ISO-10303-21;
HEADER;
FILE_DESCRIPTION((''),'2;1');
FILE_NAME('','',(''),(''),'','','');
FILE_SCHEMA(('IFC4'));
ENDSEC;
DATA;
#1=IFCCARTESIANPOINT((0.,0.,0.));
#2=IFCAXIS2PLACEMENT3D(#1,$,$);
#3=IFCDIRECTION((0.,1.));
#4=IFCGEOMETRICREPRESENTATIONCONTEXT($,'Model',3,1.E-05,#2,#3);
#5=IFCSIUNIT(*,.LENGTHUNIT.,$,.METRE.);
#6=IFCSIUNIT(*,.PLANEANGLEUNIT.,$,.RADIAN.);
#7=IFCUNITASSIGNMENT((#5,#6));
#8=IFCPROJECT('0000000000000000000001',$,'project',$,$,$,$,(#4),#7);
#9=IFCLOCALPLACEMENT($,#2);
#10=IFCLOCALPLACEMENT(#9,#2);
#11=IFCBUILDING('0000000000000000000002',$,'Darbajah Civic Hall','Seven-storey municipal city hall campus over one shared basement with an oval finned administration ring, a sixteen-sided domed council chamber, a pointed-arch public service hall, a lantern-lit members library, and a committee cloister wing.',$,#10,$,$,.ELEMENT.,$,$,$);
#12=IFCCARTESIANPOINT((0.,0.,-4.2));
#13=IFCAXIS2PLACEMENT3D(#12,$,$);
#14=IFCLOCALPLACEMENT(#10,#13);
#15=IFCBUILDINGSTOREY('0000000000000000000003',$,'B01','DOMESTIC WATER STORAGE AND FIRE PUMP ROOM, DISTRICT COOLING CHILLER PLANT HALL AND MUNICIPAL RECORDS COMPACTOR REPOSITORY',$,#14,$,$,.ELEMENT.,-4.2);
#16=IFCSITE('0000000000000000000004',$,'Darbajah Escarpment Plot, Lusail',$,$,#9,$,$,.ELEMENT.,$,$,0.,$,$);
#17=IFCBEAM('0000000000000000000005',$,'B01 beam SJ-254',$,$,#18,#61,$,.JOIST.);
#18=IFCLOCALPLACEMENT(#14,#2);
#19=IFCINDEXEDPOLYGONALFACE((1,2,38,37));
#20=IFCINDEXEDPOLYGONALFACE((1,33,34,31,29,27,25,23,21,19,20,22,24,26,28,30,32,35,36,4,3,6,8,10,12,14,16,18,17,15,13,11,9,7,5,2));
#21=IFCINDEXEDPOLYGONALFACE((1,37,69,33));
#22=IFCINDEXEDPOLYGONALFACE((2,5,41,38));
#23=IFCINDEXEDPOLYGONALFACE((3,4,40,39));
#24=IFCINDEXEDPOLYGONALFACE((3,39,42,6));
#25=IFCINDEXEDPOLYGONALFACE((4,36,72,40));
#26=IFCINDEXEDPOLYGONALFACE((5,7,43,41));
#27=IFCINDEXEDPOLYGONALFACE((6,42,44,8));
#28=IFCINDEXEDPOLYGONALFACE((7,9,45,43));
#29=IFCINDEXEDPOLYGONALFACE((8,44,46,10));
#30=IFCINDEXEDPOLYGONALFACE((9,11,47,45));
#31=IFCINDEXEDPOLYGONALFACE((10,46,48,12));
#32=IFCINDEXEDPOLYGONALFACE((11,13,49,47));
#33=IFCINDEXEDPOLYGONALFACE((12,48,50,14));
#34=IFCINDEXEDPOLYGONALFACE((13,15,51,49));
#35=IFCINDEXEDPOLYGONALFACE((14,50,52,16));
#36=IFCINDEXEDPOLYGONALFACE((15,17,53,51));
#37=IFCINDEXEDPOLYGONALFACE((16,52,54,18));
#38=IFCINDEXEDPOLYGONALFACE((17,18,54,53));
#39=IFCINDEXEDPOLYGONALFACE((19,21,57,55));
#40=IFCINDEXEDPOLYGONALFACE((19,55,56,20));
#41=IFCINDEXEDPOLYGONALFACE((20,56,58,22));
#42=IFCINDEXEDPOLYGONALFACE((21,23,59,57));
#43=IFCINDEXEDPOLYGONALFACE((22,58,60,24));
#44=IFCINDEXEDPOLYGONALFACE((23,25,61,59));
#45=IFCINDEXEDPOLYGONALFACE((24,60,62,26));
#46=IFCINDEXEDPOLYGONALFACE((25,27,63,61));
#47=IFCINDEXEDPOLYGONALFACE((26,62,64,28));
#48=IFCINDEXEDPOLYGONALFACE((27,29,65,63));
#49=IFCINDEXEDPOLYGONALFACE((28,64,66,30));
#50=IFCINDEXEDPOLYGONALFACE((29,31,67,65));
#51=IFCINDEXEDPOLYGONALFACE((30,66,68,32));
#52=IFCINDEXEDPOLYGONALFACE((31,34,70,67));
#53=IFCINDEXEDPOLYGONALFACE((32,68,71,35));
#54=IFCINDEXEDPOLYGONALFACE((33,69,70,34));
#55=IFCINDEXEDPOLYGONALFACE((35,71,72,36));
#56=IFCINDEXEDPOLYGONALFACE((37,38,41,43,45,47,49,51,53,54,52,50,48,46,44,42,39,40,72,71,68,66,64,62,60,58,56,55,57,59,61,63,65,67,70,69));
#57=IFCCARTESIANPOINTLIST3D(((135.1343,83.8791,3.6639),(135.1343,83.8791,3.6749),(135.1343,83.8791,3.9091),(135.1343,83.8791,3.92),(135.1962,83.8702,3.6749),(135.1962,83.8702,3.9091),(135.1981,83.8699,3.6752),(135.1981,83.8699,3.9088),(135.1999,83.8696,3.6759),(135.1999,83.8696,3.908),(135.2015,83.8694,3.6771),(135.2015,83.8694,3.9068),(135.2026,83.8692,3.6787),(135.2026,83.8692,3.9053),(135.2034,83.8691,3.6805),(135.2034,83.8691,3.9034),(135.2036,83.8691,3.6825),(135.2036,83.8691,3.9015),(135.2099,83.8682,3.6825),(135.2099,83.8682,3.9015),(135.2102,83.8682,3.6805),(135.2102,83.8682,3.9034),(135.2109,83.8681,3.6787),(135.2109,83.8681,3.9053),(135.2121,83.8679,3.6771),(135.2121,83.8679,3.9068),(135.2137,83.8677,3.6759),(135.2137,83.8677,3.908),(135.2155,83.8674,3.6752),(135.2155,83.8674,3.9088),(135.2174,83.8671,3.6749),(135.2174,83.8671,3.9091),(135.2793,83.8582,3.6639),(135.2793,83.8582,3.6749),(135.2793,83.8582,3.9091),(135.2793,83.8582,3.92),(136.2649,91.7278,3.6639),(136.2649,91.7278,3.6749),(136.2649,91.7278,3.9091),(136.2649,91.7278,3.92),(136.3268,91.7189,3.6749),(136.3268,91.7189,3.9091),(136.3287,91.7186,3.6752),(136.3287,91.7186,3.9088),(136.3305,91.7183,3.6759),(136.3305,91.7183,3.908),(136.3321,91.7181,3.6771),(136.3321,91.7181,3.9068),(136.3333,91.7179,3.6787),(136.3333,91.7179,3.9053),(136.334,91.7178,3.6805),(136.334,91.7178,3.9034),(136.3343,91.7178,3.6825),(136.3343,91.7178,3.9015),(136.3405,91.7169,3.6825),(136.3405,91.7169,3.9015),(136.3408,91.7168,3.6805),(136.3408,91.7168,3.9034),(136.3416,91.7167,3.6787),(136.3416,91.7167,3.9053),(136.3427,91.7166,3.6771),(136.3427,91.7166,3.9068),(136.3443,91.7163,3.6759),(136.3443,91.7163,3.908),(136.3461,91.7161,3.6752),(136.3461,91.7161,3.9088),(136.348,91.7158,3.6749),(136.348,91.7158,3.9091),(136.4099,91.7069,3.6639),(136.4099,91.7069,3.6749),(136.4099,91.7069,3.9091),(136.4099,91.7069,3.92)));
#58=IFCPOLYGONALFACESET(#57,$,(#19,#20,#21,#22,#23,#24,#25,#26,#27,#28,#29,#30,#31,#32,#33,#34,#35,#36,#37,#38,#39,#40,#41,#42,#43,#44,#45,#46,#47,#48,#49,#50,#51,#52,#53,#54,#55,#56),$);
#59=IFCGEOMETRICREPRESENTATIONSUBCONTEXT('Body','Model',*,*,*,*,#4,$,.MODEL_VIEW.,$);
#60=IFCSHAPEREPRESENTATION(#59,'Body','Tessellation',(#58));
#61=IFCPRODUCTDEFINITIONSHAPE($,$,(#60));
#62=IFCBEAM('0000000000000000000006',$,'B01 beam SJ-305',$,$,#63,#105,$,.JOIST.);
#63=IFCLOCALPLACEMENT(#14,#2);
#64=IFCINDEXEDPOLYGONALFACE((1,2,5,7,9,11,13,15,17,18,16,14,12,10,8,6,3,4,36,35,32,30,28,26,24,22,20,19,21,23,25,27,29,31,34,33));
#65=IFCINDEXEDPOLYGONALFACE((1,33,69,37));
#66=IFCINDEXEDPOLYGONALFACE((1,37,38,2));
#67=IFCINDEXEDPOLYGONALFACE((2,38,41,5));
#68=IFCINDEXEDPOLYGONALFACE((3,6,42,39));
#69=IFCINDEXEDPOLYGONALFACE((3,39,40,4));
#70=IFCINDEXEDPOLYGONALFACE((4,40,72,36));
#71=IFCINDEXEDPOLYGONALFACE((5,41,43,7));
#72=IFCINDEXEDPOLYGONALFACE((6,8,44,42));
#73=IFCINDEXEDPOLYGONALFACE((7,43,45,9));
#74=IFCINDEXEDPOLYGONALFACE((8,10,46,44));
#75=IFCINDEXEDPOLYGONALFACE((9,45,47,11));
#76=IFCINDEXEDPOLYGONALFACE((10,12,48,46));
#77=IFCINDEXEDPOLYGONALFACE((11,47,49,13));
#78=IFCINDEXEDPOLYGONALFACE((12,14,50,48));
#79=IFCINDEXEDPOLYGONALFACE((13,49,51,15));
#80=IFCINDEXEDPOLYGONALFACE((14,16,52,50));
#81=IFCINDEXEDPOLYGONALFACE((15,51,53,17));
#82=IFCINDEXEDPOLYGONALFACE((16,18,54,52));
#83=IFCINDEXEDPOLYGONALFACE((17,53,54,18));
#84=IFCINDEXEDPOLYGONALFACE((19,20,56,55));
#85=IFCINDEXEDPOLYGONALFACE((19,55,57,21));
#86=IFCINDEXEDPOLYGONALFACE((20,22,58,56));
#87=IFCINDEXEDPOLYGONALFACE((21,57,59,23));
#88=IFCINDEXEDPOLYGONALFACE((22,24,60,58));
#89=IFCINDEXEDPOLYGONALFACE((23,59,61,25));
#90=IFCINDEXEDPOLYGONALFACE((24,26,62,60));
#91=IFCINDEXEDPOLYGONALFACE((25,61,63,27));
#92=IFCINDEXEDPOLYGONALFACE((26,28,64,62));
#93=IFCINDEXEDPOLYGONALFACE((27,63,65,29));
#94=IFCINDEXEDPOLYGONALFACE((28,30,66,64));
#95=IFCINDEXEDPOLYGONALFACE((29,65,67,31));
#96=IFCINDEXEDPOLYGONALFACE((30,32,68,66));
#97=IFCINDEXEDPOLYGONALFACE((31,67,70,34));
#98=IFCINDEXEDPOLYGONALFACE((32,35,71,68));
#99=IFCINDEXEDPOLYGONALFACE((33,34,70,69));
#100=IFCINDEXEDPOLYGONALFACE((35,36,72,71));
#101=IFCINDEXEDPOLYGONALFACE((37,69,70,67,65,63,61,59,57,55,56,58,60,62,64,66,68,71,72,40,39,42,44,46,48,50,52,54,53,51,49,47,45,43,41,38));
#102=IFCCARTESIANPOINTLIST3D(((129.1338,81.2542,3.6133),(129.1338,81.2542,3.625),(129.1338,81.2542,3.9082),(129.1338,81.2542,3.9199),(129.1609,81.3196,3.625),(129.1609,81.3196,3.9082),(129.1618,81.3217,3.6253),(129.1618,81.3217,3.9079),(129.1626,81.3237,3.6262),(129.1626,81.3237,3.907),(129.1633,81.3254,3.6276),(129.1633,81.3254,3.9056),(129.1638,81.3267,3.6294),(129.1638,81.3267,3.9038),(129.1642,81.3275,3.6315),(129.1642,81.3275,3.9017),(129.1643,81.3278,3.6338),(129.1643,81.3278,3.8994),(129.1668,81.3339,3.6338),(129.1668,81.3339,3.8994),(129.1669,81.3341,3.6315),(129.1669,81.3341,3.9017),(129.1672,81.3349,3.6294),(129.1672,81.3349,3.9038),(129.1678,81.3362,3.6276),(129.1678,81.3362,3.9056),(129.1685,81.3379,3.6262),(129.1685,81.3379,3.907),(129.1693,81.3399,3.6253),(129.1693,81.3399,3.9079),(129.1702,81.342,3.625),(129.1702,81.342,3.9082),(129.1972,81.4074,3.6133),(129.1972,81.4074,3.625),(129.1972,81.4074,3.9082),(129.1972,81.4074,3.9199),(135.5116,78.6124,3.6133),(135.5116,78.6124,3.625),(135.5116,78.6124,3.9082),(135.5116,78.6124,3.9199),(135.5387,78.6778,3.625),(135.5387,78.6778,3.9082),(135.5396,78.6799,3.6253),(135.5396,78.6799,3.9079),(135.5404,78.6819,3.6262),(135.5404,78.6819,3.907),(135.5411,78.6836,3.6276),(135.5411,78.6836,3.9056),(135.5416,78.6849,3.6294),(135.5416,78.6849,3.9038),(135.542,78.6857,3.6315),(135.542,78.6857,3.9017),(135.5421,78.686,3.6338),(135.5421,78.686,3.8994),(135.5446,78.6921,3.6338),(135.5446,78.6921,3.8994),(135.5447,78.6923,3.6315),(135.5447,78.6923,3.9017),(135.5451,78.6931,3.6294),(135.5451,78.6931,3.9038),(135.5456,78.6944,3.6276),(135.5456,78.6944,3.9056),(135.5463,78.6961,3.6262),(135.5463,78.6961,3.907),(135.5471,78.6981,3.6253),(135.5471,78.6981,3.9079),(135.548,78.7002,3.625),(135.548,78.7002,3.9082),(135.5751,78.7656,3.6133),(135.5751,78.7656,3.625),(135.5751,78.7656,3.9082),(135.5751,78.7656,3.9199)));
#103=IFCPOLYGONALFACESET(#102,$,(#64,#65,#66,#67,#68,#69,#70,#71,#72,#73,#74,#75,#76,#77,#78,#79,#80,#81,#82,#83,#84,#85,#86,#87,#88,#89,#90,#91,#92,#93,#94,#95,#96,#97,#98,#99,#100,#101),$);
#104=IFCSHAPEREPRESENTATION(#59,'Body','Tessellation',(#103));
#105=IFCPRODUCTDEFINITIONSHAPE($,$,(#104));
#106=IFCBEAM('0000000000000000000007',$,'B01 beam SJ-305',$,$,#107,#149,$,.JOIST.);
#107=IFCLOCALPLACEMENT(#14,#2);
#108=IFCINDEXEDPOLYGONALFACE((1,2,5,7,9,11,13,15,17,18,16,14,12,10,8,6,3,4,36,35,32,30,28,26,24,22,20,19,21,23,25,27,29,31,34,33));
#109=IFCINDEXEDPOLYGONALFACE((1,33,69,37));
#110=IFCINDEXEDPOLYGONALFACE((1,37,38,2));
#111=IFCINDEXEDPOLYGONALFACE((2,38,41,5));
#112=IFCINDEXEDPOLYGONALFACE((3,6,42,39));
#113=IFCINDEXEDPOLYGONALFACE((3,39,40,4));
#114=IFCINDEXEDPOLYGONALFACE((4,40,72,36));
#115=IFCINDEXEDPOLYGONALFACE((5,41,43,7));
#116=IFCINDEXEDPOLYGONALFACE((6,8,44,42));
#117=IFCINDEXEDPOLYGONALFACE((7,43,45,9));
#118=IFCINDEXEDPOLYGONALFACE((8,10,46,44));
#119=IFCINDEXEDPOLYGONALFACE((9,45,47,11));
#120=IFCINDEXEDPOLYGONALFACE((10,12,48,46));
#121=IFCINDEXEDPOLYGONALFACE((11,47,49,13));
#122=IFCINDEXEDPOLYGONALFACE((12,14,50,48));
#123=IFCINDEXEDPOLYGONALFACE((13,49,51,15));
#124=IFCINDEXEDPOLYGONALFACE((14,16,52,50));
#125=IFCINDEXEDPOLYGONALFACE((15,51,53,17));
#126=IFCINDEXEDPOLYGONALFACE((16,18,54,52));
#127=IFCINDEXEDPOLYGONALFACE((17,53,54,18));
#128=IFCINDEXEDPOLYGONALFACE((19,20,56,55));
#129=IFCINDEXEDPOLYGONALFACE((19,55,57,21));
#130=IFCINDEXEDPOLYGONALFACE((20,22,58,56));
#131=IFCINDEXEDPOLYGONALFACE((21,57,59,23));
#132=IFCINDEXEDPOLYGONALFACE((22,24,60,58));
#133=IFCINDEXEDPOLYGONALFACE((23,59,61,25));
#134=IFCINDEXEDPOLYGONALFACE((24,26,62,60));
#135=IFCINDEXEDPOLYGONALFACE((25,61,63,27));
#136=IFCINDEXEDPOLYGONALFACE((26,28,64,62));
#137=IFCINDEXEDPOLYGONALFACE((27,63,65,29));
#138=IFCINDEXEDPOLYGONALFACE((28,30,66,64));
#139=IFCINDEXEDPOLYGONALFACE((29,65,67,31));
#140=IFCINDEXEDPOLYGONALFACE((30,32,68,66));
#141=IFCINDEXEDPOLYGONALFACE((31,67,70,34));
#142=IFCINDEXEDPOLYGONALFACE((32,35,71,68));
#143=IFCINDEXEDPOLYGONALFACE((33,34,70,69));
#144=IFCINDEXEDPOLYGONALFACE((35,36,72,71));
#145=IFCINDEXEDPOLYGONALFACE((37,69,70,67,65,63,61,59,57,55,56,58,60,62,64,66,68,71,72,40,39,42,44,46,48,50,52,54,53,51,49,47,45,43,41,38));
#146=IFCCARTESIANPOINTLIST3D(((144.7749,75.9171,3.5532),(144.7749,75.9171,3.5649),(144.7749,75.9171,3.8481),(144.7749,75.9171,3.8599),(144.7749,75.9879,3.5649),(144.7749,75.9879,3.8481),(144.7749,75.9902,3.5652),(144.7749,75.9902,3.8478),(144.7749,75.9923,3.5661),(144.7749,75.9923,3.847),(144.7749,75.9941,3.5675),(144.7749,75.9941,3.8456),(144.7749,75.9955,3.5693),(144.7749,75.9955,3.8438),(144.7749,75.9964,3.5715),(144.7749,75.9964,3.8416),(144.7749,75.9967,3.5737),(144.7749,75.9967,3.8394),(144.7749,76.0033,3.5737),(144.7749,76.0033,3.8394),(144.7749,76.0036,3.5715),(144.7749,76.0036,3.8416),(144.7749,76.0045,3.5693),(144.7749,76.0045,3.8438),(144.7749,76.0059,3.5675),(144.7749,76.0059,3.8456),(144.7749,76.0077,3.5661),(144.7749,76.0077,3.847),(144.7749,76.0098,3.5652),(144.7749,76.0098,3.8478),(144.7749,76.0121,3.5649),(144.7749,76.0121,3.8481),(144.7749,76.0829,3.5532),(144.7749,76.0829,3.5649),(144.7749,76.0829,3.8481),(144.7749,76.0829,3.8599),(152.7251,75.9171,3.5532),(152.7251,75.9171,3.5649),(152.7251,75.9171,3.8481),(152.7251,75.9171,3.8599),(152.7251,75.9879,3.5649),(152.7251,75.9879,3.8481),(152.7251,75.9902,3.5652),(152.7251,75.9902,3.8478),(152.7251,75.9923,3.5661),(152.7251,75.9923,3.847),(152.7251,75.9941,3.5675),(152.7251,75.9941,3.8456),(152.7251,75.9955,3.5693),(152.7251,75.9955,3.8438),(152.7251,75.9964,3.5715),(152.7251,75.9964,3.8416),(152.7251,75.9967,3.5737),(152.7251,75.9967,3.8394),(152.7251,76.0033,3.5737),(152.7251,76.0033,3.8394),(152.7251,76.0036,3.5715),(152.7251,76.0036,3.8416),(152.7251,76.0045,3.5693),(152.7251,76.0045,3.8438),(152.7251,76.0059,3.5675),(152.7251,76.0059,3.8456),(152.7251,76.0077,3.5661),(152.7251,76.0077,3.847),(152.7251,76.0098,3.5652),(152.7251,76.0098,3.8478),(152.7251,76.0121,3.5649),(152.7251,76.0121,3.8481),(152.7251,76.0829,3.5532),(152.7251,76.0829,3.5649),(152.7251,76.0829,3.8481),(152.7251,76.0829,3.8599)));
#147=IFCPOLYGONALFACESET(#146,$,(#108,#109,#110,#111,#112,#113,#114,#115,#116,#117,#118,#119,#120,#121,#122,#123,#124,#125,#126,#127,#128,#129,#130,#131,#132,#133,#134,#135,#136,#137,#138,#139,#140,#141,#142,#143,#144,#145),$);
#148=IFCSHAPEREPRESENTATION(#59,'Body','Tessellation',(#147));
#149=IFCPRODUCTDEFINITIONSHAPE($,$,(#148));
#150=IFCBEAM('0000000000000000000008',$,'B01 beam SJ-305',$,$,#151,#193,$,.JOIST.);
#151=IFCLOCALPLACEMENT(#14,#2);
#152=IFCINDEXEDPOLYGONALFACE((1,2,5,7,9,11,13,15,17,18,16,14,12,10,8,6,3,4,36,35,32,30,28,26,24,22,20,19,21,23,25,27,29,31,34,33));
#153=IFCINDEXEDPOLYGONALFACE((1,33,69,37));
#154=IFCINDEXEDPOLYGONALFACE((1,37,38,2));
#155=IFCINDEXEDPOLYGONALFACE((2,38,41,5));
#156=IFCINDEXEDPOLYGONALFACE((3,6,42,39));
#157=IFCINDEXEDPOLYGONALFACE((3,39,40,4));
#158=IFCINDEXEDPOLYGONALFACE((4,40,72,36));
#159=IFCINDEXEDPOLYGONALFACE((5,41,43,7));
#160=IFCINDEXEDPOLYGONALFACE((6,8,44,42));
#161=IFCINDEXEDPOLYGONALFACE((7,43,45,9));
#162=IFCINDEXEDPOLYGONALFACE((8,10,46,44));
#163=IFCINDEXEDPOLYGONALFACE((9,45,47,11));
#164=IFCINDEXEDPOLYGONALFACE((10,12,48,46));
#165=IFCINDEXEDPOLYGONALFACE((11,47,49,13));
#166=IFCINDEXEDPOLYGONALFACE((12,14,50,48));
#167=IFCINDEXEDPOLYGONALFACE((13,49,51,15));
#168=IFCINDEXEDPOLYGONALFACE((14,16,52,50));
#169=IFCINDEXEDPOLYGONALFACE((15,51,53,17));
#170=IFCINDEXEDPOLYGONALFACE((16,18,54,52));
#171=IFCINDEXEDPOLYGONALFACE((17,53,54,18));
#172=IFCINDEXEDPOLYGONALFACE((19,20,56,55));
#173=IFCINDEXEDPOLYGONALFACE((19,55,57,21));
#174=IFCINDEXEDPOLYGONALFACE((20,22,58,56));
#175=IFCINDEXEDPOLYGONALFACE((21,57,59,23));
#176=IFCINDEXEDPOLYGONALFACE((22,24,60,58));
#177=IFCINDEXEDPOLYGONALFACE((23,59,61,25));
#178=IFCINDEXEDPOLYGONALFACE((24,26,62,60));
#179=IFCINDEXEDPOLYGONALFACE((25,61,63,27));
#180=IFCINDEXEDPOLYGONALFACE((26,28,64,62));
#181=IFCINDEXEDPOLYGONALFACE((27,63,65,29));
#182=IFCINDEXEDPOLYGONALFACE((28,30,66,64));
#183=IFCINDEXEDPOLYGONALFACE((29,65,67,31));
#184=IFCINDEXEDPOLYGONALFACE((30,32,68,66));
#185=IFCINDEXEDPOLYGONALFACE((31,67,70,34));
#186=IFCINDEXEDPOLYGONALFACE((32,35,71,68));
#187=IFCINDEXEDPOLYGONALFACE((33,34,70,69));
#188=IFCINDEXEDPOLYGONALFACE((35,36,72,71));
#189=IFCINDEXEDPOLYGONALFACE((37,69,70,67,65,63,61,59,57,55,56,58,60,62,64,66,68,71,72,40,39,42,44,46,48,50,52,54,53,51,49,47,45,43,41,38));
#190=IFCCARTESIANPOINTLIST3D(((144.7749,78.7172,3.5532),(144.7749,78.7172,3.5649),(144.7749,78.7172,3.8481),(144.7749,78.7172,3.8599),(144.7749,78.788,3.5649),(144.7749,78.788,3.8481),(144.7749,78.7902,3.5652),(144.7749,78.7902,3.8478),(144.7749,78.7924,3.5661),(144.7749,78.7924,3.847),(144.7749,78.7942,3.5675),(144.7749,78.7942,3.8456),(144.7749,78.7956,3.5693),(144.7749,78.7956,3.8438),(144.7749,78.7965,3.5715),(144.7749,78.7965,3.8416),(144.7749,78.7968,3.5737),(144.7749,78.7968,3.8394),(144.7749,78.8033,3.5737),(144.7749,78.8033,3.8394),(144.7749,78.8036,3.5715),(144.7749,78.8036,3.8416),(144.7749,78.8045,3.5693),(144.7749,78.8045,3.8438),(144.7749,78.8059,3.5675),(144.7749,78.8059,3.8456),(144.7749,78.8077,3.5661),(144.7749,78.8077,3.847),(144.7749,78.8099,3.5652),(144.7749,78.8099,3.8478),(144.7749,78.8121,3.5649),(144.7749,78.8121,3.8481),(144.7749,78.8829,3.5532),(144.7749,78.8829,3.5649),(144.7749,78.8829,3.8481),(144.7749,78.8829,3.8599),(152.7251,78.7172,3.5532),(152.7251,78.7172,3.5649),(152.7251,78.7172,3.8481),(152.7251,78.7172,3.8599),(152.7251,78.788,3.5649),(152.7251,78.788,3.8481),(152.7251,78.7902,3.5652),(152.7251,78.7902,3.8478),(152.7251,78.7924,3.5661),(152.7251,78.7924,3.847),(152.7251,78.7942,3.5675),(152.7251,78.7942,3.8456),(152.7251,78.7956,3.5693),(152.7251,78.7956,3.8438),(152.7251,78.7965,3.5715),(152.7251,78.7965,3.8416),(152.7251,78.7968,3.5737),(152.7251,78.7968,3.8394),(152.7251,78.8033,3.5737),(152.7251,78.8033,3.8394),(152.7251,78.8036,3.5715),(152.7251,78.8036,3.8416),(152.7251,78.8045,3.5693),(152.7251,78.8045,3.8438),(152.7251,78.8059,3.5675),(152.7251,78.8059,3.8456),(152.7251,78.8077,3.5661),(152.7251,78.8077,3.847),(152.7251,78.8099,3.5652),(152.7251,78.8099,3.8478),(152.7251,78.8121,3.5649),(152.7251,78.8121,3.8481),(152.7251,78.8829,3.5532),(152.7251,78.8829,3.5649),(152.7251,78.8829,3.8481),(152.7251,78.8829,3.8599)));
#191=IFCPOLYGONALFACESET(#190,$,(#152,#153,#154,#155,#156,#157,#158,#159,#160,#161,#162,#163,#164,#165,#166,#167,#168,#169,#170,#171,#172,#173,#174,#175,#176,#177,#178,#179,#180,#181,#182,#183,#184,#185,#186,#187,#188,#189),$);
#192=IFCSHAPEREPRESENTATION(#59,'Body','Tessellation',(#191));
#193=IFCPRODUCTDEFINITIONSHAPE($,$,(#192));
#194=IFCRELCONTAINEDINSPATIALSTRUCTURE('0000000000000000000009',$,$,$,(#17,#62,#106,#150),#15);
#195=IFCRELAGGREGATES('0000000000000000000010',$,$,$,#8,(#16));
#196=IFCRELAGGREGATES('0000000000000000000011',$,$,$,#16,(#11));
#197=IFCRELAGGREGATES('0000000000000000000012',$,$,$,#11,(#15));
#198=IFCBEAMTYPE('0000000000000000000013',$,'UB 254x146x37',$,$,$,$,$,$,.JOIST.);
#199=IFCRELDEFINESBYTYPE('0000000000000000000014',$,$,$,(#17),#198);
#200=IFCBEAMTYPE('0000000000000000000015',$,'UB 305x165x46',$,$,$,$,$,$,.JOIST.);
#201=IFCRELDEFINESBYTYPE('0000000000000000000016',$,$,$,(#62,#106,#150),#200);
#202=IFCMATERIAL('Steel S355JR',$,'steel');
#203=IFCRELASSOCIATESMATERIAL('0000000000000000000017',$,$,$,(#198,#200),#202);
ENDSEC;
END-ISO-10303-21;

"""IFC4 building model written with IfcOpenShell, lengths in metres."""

from ifc_helpers import new_model, si_unit, direction, frame, origin, origin_2d, place, context, subcontext, project, spatial, i_section, extrude, material, material_profile, profile_set, type_object, element, save


model = new_model("IFC4")

# Units and contexts
model_context = context("Model", 3, precision=1e-05, world=origin(), true_north=direction((0.0, 1.0)))
body_context = subcontext(model_context, "Body", "Model", "MODEL_VIEW")
ifc_project = project(units=[si_unit("LENGTHUNIT", "METRE"), si_unit("PLANEANGLEUNIT", "RADIAN")], contexts=[model_context])

# Site, building, storey
site_placement = place(None, origin())
site = spatial("IfcSite", under=ifc_project, at=site_placement, Name="Darbajah Escarpment Plot, Lusail", CompositionType="ELEMENT", RefElevation=0.0)
building_placement = place(site_placement, origin())
building = spatial("IfcBuilding", under=site, at=building_placement, Name="Darbajah Civic Hall", Description="Seven-storey municipal city hall campus over one shared basement with an oval finned administration ring, a sixteen-sided domed council chamber, a pointed-arch public service hall, a lantern-lit members library, and a committee cloister wing.", CompositionType="ELEMENT")
storey_placement = place(building_placement, frame((0.0, 0.0, -4.2)))
storey = spatial("IfcBuildingStorey", under=building, at=storey_placement, Name="B01", Description="DOMESTIC WATER STORAGE AND FIRE PUMP ROOM, DISTRICT COOLING CHILLER PLANT HALL AND MUNICIPAL RECORDS COMPACTOR REPOSITORY", CompositionType="ELEMENT", Elevation=-4.2)

# Beams
ifc_material_1 = material(Name="Steel S355JR", Category="steel")
ifc_material_profile_1 = material_profile(ifc_material_1, i_section(OverallWidth=0.1465, OverallDepth=0.2561, WebThickness=0.0063, FlangeThickness=0.011, FilletRadius=0.0076, at=origin_2d()), Name="UB 254x146x37")
ifc_profile_set_1 = profile_set([ifc_material_profile_1], Name="Steel S355JR")
beam_type_1 = type_object("IfcBeamType", Name="UB 254x146x37", PredefinedType="JOIST", material=ifc_profile_set_1)
beam_1_placement = place(storey_placement, frame((135.2068, 83.8687, 3.792), z_axis=(0.142581, 0.989783, 0.0), x_axis=(-0.989783, 0.142581, 0.0)))
element("IfcBeam", 1, at=beam_1_placement, inside=storey, type_object=beam_type_1, Name="B01 beam SJ-254", PredefinedType="JOIST", context=body_context, shape_type="SweptSolid", body=[
    extrude(i_section(OverallWidth=0.1465, OverallDepth=0.2561, WebThickness=0.0063, FlangeThickness=0.011, FilletRadius=0.0076, at=origin_2d()), origin(), (0.0, 0.0, 1.0), 7.9297),
])
ifc_material_profile_2 = material_profile(ifc_material_1, i_section(OverallWidth=0.1658, OverallDepth=0.3066, WebThickness=0.0066, FlangeThickness=0.0117, FilletRadius=0.0088, at=origin_2d()), Name="UB 305x165x46")
ifc_profile_set_2 = profile_set([ifc_material_profile_2], Name="Steel S355JR")
beam_type_2 = type_object("IfcBeamType", Name="UB 305x165x46", PredefinedType="JOIST", material=ifc_profile_set_2)
beam_2_placement = place(storey_placement, frame((129.1655, 81.3308, 3.7666), z_axis=(0.923878, -0.382686, 0.0), x_axis=(0.382686, 0.923878, 0.0)))
element("IfcBeam", 2, at=beam_2_placement, inside=storey, type_object=beam_type_2, Name="B01 beam SJ-305", PredefinedType="JOIST", context=body_context, shape_type="SweptSolid", body=[
    extrude(i_section(OverallWidth=0.1658, OverallDepth=0.3066, WebThickness=0.0066, FlangeThickness=0.0117, FilletRadius=0.0088, at=origin_2d()), origin(), (0.0, 0.0, 1.0), 6.9033),
])
for number, where, z_axis, x_axis, name in (
    (3, (144.7749, 76.0, 3.7065), (1.0, 0.0, 0.0), (0.0, 1.0, 0.0), "B01 beam SJ-305"),
    (4, (144.7749, 78.8, 3.7065), (1.0, 0.0, 0.0), (0.0, 1.0, 0.0), "B01 beam SJ-305"),
):
    element("IfcBeam", number, at=place(storey_placement, frame(where, z_axis=z_axis, x_axis=x_axis)), inside=storey, type_object=beam_type_2, Name=name, PredefinedType="JOIST", context=body_context, shape_type="SweptSolid", body=[
        extrude(i_section(OverallWidth=0.1658, OverallDepth=0.3066, WebThickness=0.0066, FlangeThickness=0.0117, FilletRadius=0.0088, at=origin_2d()), origin(), (0.0, 0.0, 1.0), 7.9502),
    ])

save(model, "model.ifc")
